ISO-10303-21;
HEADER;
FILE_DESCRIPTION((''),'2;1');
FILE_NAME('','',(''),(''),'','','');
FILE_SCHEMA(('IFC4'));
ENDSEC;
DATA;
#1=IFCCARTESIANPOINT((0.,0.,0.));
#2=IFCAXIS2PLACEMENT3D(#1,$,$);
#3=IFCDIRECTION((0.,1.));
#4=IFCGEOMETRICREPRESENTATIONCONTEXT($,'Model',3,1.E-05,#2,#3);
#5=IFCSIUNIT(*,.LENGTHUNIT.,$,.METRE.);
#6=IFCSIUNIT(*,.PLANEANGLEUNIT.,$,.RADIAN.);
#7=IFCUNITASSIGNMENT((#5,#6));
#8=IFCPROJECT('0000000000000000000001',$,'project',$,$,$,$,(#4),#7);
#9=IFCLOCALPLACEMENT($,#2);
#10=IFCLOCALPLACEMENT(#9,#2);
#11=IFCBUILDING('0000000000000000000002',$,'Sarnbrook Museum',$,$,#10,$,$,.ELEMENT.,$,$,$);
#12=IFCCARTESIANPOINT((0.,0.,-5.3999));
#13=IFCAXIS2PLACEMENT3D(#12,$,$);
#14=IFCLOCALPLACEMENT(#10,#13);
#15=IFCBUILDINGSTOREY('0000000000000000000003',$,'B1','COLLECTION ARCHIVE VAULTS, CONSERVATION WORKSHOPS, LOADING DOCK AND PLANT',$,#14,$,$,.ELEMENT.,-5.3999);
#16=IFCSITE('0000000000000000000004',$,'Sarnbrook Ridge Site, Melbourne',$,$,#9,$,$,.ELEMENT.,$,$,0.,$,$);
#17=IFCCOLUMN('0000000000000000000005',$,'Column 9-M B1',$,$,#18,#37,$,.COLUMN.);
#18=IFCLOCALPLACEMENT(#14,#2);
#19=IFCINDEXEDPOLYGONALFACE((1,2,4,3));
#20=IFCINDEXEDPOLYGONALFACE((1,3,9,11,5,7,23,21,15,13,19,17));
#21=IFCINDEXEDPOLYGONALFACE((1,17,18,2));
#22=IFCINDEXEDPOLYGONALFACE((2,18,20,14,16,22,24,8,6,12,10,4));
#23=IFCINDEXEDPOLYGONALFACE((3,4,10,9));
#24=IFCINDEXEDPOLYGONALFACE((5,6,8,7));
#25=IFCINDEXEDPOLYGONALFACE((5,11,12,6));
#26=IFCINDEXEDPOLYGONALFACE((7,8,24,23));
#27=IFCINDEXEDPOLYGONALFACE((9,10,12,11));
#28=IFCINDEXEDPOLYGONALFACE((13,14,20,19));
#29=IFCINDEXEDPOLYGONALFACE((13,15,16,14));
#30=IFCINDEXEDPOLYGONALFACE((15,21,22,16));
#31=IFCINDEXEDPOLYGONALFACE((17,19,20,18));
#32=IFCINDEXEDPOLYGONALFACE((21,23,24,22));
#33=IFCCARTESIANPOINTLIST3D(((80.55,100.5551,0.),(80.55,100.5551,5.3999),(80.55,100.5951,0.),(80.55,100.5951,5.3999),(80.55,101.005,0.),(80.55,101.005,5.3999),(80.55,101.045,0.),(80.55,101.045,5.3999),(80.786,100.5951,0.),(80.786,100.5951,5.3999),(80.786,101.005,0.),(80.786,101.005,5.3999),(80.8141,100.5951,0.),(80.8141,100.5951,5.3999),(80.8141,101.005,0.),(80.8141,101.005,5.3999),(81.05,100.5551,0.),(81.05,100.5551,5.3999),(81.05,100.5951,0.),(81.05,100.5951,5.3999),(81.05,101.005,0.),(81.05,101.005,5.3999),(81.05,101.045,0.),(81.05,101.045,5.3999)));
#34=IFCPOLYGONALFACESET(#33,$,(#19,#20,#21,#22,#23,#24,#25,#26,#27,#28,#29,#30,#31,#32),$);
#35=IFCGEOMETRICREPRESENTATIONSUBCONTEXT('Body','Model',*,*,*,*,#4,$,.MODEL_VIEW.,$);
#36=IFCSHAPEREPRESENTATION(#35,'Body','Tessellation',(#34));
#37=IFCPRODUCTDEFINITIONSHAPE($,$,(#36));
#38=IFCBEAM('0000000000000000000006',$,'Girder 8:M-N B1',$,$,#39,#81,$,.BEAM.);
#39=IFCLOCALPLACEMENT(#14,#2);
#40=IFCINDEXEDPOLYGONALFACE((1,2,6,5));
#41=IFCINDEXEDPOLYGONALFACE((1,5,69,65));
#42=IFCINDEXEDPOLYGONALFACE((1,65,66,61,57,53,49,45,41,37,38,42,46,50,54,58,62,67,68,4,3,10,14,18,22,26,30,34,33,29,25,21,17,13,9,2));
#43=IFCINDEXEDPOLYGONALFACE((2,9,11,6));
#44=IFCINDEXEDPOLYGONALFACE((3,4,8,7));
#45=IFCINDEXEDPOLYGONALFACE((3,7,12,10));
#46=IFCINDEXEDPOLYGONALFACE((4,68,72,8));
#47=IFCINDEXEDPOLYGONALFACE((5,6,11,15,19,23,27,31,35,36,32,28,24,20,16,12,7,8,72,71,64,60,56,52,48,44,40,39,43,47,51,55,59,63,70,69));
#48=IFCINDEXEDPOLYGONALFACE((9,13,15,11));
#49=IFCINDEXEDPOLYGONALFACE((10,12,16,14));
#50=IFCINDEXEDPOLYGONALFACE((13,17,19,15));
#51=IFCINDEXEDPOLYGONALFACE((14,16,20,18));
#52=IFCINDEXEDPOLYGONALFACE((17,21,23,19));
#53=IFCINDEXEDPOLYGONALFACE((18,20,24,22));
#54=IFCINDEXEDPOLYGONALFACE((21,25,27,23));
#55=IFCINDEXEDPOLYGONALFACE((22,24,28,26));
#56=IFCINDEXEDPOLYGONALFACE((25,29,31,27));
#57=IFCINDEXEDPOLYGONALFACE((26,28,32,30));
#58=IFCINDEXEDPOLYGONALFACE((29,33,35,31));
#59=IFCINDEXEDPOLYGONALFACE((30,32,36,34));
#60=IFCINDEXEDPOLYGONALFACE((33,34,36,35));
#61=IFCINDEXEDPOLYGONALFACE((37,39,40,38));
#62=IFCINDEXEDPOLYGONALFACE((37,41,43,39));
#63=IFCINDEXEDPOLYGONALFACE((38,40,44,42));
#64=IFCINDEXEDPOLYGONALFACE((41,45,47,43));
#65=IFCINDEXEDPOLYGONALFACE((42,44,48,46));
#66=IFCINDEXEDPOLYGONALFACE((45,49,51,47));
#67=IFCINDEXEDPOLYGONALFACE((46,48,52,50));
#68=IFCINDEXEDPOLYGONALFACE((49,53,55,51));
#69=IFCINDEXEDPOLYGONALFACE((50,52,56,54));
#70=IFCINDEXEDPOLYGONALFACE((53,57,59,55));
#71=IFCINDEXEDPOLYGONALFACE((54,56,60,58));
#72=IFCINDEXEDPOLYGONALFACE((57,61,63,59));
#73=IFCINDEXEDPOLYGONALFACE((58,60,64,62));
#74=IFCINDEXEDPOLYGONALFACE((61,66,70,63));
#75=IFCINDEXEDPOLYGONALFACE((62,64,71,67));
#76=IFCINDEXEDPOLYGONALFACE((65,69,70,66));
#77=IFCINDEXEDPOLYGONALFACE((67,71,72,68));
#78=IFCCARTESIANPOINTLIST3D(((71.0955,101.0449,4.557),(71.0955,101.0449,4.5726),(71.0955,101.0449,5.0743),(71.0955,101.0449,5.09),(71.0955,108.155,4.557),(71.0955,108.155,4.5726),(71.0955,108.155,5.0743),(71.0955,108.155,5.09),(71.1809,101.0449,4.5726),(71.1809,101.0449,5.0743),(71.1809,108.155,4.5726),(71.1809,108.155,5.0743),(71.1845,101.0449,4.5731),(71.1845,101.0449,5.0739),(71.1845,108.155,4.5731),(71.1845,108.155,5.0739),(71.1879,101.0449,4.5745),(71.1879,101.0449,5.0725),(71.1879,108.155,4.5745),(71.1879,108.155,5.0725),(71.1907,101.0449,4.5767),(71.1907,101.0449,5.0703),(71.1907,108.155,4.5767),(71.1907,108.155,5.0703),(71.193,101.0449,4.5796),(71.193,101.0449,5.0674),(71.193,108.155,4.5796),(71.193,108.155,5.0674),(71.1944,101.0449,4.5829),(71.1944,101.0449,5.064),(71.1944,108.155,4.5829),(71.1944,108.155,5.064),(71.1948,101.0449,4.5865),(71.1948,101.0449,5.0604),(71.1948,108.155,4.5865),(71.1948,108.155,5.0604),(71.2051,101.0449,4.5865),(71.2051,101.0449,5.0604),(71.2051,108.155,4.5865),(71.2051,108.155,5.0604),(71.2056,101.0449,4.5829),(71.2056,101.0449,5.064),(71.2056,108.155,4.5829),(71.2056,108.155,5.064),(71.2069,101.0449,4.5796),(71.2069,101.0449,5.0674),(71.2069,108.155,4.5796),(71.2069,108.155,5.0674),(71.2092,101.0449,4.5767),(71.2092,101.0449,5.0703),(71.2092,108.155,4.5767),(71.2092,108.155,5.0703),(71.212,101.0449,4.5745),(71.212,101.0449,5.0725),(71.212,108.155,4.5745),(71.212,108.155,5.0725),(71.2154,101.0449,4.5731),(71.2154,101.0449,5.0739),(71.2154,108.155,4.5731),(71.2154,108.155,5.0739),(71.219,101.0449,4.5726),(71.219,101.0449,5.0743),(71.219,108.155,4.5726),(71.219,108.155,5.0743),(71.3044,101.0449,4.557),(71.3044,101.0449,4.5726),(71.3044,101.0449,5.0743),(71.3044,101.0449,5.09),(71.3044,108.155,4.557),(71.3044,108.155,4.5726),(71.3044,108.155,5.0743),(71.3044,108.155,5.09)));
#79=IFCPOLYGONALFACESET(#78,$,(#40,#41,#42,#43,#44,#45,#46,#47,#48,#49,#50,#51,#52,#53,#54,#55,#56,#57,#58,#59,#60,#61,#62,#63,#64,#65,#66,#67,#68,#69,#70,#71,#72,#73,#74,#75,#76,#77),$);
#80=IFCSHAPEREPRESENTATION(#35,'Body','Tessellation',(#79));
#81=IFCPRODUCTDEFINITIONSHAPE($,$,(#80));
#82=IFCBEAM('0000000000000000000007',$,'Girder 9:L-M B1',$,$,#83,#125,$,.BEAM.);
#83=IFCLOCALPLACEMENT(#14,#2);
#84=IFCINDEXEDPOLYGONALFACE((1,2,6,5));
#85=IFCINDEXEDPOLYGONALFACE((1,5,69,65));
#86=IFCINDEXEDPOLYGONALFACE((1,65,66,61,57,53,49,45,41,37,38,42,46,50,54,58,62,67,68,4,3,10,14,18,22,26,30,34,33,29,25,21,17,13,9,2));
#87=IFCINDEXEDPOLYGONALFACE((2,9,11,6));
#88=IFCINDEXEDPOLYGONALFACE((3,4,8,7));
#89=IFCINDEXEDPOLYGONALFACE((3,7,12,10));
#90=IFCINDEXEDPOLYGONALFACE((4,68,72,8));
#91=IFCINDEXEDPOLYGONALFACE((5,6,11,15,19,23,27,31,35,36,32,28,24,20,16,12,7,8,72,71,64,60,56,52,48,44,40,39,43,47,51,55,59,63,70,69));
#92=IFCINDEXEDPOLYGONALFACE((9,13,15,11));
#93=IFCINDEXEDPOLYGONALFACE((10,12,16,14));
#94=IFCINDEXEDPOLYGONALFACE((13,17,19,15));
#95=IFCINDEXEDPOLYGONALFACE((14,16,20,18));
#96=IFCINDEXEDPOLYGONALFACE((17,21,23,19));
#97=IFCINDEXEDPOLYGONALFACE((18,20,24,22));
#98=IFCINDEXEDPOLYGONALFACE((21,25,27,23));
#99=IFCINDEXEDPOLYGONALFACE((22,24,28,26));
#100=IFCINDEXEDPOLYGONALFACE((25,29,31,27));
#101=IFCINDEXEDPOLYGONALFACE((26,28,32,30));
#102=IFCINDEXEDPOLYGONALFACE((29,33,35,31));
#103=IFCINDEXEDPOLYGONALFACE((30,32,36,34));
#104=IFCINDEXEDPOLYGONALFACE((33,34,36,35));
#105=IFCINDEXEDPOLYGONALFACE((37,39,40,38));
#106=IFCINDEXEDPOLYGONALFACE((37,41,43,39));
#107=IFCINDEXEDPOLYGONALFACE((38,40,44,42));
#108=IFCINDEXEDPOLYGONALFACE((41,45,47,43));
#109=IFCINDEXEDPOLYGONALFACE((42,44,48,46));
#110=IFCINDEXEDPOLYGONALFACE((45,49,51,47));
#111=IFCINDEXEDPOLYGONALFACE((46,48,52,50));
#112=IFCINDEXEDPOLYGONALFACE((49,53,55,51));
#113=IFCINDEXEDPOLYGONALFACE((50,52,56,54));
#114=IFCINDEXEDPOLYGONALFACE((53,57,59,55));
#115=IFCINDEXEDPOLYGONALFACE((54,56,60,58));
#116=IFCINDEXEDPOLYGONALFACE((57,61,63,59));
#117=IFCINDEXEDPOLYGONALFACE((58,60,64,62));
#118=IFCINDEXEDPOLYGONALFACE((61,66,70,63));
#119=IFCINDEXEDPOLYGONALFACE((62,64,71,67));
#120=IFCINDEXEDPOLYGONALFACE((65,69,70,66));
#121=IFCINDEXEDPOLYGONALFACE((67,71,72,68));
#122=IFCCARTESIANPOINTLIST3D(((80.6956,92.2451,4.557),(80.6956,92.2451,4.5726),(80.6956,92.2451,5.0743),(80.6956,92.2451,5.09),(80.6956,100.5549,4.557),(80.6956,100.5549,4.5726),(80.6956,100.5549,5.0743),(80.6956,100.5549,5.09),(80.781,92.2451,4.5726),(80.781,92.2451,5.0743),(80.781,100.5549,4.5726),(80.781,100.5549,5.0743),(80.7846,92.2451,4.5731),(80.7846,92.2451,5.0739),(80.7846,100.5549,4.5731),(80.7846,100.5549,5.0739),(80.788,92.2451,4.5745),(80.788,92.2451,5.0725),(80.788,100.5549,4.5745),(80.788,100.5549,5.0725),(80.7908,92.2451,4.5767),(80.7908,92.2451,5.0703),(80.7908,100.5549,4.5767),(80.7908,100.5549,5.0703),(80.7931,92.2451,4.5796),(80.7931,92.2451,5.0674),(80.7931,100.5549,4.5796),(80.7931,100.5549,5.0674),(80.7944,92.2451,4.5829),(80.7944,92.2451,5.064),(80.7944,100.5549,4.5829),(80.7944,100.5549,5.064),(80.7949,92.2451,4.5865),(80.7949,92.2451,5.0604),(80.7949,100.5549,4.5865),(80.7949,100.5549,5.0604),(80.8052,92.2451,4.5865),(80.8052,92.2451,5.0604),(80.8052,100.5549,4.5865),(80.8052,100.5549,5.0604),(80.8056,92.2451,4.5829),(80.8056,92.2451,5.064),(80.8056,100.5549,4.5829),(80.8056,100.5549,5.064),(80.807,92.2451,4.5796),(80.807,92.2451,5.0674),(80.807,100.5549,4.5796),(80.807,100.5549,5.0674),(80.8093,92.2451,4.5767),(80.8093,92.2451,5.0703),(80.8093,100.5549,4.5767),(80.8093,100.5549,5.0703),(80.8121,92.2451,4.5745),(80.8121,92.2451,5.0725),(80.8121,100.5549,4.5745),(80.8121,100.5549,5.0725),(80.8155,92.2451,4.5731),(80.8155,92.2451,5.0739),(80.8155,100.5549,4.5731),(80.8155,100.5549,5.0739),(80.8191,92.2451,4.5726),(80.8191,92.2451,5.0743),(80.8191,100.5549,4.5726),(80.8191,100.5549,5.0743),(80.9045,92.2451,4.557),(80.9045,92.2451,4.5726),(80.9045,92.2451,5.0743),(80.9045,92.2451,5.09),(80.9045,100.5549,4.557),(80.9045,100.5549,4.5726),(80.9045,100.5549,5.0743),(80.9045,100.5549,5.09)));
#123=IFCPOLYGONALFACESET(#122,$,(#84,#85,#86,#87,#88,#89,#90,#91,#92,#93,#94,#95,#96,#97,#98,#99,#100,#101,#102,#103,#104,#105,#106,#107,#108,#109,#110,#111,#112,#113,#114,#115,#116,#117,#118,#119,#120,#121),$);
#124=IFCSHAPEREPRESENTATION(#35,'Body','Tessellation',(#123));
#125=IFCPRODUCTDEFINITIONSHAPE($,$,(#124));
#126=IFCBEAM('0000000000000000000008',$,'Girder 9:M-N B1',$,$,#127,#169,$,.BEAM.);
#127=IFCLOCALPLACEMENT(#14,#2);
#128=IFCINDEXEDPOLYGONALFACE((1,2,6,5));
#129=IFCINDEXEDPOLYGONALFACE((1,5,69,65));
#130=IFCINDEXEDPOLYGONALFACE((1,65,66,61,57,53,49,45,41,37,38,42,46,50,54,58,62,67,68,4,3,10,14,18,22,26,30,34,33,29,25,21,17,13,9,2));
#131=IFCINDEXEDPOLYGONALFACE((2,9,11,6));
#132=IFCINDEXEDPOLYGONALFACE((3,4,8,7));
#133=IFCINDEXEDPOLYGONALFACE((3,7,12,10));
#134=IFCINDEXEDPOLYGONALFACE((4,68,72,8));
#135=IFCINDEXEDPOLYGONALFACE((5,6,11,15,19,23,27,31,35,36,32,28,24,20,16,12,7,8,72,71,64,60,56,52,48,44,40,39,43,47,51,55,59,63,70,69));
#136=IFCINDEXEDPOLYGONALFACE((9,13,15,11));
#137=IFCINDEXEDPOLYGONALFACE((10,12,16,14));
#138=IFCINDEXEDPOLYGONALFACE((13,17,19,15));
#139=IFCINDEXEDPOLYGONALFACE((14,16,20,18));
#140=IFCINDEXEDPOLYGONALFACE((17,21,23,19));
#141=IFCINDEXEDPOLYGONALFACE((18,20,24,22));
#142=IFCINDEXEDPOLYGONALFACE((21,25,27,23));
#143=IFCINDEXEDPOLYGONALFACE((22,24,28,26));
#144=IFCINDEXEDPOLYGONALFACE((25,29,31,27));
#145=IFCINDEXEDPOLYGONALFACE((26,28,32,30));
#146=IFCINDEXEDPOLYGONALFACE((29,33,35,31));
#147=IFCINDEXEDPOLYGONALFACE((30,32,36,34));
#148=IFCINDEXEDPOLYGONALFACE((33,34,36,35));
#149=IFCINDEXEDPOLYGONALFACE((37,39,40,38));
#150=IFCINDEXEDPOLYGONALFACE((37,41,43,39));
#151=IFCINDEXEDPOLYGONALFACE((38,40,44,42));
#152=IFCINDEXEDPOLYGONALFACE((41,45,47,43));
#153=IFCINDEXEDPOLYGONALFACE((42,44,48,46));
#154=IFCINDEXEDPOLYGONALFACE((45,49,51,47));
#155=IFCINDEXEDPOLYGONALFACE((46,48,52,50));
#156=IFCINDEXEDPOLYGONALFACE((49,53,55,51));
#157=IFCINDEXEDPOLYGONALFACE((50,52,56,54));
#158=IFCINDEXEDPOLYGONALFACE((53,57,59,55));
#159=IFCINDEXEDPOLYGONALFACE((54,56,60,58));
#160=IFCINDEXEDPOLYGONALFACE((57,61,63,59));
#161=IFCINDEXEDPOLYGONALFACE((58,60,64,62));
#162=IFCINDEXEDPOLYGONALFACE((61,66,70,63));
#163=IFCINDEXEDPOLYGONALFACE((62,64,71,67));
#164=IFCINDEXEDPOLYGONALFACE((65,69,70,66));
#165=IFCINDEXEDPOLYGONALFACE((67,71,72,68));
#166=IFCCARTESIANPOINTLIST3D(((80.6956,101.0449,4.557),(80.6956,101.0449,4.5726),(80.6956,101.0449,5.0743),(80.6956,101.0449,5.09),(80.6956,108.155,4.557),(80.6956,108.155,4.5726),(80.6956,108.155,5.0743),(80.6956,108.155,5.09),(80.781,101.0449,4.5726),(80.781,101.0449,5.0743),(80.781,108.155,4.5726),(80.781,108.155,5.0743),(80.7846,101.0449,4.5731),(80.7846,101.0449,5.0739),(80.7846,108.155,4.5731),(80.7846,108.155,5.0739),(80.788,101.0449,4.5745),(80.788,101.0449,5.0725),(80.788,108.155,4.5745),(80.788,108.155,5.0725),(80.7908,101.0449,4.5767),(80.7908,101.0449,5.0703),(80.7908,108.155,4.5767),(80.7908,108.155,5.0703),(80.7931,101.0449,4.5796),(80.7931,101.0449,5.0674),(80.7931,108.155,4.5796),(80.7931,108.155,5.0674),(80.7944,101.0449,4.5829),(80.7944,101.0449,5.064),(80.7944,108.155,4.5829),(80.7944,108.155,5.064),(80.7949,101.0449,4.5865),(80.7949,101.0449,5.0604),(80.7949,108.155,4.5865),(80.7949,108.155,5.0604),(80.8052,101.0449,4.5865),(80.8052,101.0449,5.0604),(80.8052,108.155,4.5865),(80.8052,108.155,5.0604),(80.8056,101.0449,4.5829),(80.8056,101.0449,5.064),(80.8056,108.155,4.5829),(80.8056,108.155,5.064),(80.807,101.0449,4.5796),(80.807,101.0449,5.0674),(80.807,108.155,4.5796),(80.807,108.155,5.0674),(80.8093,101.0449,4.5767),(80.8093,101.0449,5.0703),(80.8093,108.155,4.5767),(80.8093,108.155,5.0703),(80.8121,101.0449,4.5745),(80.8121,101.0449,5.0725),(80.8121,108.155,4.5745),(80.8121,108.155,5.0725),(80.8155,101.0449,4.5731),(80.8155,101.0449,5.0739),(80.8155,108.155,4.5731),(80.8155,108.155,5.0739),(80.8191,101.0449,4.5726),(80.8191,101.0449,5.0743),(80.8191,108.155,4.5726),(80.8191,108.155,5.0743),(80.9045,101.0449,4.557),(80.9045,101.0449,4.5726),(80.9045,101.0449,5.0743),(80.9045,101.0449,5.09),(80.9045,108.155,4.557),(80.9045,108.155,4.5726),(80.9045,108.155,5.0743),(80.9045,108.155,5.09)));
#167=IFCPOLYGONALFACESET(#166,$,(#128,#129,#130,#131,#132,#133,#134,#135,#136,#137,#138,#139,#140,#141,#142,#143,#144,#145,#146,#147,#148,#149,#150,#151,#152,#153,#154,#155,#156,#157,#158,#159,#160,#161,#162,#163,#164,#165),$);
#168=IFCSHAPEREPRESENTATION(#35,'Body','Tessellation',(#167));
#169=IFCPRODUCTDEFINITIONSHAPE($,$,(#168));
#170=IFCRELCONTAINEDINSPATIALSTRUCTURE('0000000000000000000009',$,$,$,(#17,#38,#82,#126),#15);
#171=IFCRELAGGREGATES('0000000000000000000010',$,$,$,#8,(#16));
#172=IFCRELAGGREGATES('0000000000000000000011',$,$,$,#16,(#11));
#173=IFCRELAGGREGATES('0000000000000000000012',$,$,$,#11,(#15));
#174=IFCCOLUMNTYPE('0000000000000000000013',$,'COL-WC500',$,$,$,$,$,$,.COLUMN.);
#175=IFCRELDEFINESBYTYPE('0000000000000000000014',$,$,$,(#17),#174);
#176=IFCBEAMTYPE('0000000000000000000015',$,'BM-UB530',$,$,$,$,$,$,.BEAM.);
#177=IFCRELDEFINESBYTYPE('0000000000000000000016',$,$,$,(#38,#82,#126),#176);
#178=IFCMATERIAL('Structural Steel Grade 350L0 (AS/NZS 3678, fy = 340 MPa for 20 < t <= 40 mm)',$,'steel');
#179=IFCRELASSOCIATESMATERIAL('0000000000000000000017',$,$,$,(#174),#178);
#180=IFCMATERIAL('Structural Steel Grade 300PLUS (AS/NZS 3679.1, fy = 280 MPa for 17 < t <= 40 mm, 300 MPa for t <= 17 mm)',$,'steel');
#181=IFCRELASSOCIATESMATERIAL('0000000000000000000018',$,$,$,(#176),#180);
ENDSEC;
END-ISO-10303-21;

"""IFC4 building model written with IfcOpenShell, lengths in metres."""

from ifc_helpers import new_model, si_unit, direction, frame, origin, origin_2d, place, context, subcontext, project, spatial, i_section, extrude, material, material_profile, profile_set, type_object, element, save


model = new_model("IFC4")

# Units and contexts
model_context = context("Model", 3, precision=1e-05, world=origin(), true_north=direction((0.0, 1.0)))
body_context = subcontext(model_context, "Body", "Model", "MODEL_VIEW")
ifc_project = project(units=[si_unit("LENGTHUNIT", "METRE"), si_unit("PLANEANGLEUNIT", "RADIAN")], contexts=[model_context])

# Site, building, storey
site_placement = place(None, origin())
site = spatial("IfcSite", under=ifc_project, at=site_placement, Name="Sarnbrook Ridge Site, Melbourne", CompositionType="ELEMENT", RefElevation=0.0)
building_placement = place(site_placement, origin())
building = spatial("IfcBuilding", under=site, at=building_placement, Name="Sarnbrook Museum", CompositionType="ELEMENT")
storey_placement = place(building_placement, frame((0.0, 0.0, -5.3999)))
storey = spatial("IfcBuildingStorey", under=building, at=storey_placement, Name="B1", Description="COLLECTION ARCHIVE VAULTS, CONSERVATION WORKSHOPS, LOADING DOCK AND PLANT", CompositionType="ELEMENT", Elevation=-5.3999)

# Column
ifc_material_1 = material(Name="Structural Steel Grade 350L0 (AS/NZS 3678, fy = 340 MPa for 20 < t <= 40 mm)", Category="steel")
ifc_material_profile_1 = material_profile(ifc_material_1, i_section(OverallWidth=0.5, OverallDepth=0.49, WebThickness=0.0281, FlangeThickness=0.04, at=origin_2d()), Name="500WC340")
ifc_profile_set_1 = profile_set([ifc_material_profile_1], Name="Structural Steel Grade 350L0 (AS/NZS 3678, fy = 340 MPa for 20 < t <= 40 mm)")
column_type = type_object("IfcColumnType", Name="COL-WC500", PredefinedType="COLUMN", material=ifc_profile_set_1)
for number, where, z_axis, x_axis, name in (
    (1, (80.8, 100.8, 0.0), (0.0, 0.0, 1.0), (1.0, 0.0, 0.0), "Column 9-M B1"),
):
    element("IfcColumn", number, at=place(storey_placement, frame(where, z_axis=z_axis, x_axis=x_axis)), inside=storey, type_object=column_type, Name=name, PredefinedType="COLUMN", context=body_context, shape_type="SweptSolid", body=[
        extrude(i_section(OverallWidth=0.5, OverallDepth=0.49, WebThickness=0.0281, FlangeThickness=0.04, at=origin_2d()), origin(), (0.0, 0.0, 1.0), 5.3999),
    ])

# Beams
ifc_material_2 = material(Name="Structural Steel Grade 300PLUS (AS/NZS 3679.1, fy = 280 MPa for 17 < t <= 40 mm, 300 MPa for t <= 17 mm)", Category="steel")
ifc_material_profile_2 = material_profile(ifc_material_2, i_section(OverallWidth=0.209, OverallDepth=0.533, WebThickness=0.0103, FlangeThickness=0.0156, FilletRadius=0.0139, at=origin_2d()), Name="530UB92.4")
ifc_profile_set_2 = profile_set([ifc_material_profile_2], Name="Structural Steel Grade 300PLUS (AS/NZS 3679.1, fy = 280 MPa for 17 < t <= 40 mm, 300 MPa for t <= 17 mm)")
beam_type_1 = type_object("IfcBeamType", Name="BM-UB530", PredefinedType="BEAM", material=ifc_profile_set_2)
beam_1_placement = place(storey_placement, frame((71.2, 101.0449, 4.8235), z_axis=(0.0, 1.0, 0.0), x_axis=(-1.0, 0.0, 0.0)))
element("IfcBeam", 2, at=beam_1_placement, inside=storey, type_object=beam_type_1, Name="Girder 8:M-N B1", PredefinedType="BEAM", context=body_context, shape_type="SweptSolid", body=[
    extrude(i_section(OverallWidth=0.209, OverallDepth=0.533, WebThickness=0.0103, FlangeThickness=0.0156, FilletRadius=0.0139, at=origin_2d()), origin(), (0.0, 0.0, 1.0), 7.1101),
])
beam_2_placement = place(storey_placement, frame((80.8, 92.2451, 4.8235), z_axis=(0.0, 1.0, 0.0), x_axis=(-1.0, 0.0, 0.0)))
element("IfcBeam", 3, at=beam_2_placement, inside=storey, type_object=beam_type_1, Name="Girder 9:L-M B1", PredefinedType="BEAM", context=body_context, shape_type="SweptSolid", body=[
    extrude(i_section(OverallWidth=0.209, OverallDepth=0.533, WebThickness=0.0103, FlangeThickness=0.0156, FilletRadius=0.0139, at=origin_2d()), origin(), (0.0, 0.0, 1.0), 8.3098),
])
beam_3_placement = place(storey_placement, frame((80.8, 101.0449, 4.8235), z_axis=(0.0, 1.0, 0.0), x_axis=(-1.0, 0.0, 0.0)))
element("IfcBeam", 4, at=beam_3_placement, inside=storey, type_object=beam_type_1, Name="Girder 9:M-N B1", PredefinedType="BEAM", context=body_context, shape_type="SweptSolid", body=[
    extrude(i_section(OverallWidth=0.209, OverallDepth=0.533, WebThickness=0.0103, FlangeThickness=0.0156, FilletRadius=0.0139, at=origin_2d()), origin(), (0.0, 0.0, 1.0), 7.1101),
])

save(model, "model.ifc")
